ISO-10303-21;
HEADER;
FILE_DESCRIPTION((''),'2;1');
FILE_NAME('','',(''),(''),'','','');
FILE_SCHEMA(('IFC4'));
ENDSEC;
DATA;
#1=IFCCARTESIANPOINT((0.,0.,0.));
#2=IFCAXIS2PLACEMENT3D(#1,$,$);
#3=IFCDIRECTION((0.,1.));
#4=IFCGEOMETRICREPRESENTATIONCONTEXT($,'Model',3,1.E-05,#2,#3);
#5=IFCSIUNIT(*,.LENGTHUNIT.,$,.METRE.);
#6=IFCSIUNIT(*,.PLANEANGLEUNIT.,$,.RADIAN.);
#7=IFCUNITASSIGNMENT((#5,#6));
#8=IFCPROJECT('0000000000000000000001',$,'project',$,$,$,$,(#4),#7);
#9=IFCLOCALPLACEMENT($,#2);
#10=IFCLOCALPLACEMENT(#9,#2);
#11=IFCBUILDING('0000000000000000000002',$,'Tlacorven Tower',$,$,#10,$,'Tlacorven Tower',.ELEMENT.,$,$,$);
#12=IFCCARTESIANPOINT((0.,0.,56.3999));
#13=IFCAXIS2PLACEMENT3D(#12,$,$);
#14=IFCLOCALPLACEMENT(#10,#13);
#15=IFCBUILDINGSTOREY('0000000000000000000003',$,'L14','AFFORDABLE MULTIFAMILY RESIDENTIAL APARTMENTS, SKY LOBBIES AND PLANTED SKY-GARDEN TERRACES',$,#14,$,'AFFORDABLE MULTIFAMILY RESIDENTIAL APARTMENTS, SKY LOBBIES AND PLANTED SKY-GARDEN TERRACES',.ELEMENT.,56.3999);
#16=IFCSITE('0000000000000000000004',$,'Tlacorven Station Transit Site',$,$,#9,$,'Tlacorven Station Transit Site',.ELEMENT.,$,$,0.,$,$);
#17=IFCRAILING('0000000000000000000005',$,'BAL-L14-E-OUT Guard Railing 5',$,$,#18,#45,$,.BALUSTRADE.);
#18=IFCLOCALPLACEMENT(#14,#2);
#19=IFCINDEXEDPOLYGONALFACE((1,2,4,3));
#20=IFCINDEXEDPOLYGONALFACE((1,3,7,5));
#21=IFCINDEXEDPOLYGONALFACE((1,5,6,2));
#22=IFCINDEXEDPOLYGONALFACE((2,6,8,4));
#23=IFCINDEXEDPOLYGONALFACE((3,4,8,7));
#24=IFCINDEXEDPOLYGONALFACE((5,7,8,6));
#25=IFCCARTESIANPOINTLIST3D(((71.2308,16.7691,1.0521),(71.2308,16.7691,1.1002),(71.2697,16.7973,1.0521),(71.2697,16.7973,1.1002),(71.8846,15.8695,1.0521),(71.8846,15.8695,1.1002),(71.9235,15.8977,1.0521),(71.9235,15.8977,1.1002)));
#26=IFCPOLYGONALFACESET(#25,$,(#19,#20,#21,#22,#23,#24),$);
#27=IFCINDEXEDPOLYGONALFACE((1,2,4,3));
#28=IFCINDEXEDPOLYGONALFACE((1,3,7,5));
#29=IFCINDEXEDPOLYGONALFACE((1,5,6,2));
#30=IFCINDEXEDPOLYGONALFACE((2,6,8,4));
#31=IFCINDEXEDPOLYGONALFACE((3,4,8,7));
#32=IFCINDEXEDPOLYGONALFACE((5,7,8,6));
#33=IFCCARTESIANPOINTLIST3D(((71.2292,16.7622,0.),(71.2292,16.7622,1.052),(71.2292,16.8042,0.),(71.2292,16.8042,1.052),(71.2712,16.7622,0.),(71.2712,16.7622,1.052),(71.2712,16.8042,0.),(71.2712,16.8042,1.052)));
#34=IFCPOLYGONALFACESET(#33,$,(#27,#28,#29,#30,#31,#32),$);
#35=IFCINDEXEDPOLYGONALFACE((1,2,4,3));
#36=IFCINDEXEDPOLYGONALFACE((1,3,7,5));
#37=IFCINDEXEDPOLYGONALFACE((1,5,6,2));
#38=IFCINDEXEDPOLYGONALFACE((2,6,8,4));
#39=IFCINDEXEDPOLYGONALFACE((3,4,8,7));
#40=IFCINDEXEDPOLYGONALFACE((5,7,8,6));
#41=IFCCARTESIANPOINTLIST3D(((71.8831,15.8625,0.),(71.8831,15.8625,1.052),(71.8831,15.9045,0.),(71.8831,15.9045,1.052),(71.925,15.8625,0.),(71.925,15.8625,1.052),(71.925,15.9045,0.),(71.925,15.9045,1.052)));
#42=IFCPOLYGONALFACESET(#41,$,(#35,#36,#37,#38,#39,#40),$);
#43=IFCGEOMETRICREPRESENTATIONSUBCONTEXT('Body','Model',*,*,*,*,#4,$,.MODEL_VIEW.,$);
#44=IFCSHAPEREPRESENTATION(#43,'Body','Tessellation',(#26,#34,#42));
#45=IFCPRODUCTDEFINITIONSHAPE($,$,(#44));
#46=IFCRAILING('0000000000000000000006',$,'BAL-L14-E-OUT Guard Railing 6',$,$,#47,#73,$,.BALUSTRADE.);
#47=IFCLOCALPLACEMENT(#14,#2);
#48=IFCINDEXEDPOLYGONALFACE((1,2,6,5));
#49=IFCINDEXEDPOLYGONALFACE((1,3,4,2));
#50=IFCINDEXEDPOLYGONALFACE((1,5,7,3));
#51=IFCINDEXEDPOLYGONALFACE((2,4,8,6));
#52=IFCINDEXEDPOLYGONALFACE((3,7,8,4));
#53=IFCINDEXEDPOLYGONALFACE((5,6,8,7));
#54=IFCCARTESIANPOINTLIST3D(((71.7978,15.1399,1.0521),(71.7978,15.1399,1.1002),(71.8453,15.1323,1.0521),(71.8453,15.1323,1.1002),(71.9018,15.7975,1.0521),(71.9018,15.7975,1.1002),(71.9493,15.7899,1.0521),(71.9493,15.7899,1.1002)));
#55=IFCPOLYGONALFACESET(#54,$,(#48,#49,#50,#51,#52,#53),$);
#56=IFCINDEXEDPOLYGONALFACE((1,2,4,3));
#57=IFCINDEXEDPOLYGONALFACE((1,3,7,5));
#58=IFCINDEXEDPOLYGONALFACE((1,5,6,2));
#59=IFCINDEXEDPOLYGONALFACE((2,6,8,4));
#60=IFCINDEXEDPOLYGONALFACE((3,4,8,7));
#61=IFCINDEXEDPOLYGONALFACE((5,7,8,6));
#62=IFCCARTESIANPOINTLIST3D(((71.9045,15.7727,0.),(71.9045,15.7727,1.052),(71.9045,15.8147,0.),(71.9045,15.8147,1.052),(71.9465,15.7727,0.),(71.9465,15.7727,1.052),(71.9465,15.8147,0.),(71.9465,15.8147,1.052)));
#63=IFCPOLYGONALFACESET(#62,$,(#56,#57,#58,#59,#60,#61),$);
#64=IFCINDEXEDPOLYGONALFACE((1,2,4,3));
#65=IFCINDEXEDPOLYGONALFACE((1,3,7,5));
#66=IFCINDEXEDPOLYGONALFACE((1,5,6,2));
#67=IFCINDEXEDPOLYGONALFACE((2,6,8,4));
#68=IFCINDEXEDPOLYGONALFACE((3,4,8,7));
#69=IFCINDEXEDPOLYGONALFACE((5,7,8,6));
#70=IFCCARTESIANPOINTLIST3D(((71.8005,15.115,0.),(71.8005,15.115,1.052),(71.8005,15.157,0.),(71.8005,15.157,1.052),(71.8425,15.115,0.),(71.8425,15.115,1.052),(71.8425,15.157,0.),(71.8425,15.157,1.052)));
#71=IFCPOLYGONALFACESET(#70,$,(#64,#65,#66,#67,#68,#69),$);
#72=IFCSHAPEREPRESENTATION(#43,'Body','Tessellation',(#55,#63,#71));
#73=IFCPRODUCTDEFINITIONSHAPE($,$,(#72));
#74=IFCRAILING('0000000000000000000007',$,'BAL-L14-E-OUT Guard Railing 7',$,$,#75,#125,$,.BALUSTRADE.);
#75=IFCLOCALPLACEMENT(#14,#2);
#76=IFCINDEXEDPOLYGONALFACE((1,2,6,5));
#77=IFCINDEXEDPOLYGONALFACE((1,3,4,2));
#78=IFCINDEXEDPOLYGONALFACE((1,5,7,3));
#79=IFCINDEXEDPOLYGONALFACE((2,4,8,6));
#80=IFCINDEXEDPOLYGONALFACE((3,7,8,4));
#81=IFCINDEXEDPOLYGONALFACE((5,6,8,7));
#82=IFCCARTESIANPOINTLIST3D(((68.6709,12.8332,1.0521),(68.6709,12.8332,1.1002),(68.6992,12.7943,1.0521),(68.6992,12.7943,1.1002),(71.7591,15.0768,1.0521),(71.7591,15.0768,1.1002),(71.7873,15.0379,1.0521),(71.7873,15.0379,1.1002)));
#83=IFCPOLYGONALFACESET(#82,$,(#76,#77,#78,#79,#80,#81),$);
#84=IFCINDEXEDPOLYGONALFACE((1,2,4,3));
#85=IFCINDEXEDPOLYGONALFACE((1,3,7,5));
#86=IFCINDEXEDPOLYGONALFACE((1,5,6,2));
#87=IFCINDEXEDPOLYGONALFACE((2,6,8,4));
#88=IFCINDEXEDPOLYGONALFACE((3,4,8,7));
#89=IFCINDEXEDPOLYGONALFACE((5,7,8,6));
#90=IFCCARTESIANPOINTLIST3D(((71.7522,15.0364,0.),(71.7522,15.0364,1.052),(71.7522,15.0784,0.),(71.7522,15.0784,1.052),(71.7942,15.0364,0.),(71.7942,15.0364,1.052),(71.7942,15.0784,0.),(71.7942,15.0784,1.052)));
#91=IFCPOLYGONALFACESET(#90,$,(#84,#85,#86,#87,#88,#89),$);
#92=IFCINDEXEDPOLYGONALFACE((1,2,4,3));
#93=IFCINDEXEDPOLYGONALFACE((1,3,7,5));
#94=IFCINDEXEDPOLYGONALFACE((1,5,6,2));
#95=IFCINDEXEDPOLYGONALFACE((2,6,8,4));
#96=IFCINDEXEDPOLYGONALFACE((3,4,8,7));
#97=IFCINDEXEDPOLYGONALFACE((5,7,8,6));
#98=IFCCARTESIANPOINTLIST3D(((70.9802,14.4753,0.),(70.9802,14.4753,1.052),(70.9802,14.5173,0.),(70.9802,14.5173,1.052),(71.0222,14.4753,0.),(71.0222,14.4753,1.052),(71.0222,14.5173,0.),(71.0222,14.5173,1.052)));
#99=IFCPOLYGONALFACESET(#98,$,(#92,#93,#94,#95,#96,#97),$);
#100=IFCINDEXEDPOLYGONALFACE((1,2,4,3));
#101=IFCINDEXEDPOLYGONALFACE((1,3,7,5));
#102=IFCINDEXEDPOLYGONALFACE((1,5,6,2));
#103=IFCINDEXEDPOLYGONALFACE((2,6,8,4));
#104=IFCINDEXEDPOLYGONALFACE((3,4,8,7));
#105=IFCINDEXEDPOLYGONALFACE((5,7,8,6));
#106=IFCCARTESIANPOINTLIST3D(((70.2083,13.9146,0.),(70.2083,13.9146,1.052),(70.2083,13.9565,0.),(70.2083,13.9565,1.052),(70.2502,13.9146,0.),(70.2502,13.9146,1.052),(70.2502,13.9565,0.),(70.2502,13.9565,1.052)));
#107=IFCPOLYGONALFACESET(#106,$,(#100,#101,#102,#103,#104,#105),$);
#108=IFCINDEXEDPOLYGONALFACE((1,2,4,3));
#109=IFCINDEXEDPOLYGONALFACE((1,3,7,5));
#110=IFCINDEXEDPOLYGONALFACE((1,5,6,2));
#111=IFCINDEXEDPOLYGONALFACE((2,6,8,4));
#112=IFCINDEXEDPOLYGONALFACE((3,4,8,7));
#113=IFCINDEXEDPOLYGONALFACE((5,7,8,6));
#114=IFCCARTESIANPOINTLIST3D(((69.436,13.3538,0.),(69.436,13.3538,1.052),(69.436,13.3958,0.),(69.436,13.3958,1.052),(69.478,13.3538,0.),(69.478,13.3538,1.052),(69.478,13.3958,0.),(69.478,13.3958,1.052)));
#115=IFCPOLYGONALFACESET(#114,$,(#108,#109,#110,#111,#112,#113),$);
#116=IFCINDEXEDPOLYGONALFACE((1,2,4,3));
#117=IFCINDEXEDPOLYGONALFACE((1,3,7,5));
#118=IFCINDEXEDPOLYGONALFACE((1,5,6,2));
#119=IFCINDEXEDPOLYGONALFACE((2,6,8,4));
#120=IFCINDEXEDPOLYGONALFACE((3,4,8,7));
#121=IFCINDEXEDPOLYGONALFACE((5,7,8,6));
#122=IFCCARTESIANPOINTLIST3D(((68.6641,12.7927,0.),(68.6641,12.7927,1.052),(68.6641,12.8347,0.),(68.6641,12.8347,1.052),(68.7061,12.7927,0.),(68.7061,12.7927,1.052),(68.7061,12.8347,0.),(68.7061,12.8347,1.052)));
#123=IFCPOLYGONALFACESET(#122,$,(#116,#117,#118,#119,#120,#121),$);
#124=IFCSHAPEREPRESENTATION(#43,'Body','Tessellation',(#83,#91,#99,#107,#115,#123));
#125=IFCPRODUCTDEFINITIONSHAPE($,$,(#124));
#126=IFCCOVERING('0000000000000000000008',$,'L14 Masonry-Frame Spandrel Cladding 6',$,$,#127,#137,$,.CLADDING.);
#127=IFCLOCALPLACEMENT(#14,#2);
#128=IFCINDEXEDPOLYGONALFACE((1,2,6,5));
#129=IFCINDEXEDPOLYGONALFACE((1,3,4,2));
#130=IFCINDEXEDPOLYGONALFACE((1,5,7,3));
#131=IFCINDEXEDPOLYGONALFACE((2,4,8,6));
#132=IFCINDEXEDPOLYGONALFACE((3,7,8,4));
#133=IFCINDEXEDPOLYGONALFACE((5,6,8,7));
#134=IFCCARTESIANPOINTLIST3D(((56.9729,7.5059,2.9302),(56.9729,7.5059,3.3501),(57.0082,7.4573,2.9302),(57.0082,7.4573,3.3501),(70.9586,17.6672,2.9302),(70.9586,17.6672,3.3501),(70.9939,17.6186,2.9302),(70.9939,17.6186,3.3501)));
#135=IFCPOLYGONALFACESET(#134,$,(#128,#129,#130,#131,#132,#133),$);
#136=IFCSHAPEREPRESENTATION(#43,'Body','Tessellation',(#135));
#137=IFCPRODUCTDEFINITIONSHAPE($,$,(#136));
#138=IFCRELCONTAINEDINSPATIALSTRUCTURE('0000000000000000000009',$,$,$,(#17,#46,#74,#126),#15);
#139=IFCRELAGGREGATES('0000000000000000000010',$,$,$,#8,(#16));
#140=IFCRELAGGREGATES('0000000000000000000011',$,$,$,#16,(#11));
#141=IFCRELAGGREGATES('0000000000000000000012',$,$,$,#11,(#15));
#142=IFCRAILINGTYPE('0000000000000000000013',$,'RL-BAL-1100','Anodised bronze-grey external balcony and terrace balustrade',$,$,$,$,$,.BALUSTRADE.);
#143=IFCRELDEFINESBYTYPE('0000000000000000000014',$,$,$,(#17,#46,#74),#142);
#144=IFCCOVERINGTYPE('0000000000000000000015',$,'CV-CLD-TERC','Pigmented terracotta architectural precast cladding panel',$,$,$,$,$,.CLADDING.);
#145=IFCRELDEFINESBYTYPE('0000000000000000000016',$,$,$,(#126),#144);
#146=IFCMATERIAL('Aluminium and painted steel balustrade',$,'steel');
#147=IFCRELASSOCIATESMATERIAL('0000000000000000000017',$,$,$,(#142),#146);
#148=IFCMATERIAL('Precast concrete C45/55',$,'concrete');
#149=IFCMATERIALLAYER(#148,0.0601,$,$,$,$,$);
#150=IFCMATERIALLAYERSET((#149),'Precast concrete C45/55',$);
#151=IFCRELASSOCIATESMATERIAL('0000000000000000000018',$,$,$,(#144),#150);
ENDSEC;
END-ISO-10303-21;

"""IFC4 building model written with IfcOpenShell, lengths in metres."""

from ifc_helpers import new_model, si_unit, direction, frame, origin, origin_2d, place, context, subcontext, project, spatial, rectangle, extrude, source, transform, mapped, material, layer, layer_set, type_object, element, save


model = new_model("IFC4")

# Units and contexts
model_context = context("Model", 3, precision=1e-05, world=origin(), true_north=direction((0.0, 1.0)))
body_context = subcontext(model_context, "Body", "Model", "MODEL_VIEW")
ifc_project = project(units=[si_unit("LENGTHUNIT", "METRE"), si_unit("PLANEANGLEUNIT", "RADIAN")], contexts=[model_context])

# Site, building, storey
site_placement = place(None, origin())
site = spatial("IfcSite", under=ifc_project, at=site_placement, Name="Tlacorven Station Transit Site", LongName="Tlacorven Station Transit Site", CompositionType="ELEMENT", RefElevation=0.0)
building_placement = place(site_placement, origin())
building = spatial("IfcBuilding", under=site, at=building_placement, Name="Tlacorven Tower", LongName="Tlacorven Tower", CompositionType="ELEMENT")
storey_placement = place(building_placement, frame((0.0, 0.0, 56.3999)))
storey = spatial("IfcBuildingStorey", under=building, at=storey_placement, Name="L14", Description="AFFORDABLE MULTIFAMILY RESIDENTIAL APARTMENTS, SKY LOBBIES AND PLANTED SKY-GARDEN TERRACES", LongName="AFFORDABLE MULTIFAMILY RESIDENTIAL APARTMENTS, SKY LOBBIES AND PLANTED SKY-GARDEN TERRACES", CompositionType="ELEMENT", Elevation=56.3999)

# Shared definitions
ifc_material_1 = material(Name="Precast concrete C45/55", Category="concrete")

# Railings
ifc_material_2 = material(Name="Aluminium and painted steel balustrade", Category="steel")
railing_type = type_object("IfcRailingType", Name="RL-BAL-1100", Description="Anodised bronze-grey external balcony and terrace balustrade", PredefinedType="BALUSTRADE", material=ifc_material_2)
shared_shape_1 = source(origin(), body_context, "Body", "SweptSolid", [
    extrude(rectangle(XDim=0.0481, YDim=0.0481, at=origin_2d()), frame((0.0, 0.0, 1.0762), z_axis=(0.587884, -0.808945, 0.0), x_axis=(0.808945, 0.587884, 0.0)), (0.0, 0.0, 1.0), 1.1121),
    extrude(rectangle(XDim=0.042, YDim=0.042, at=origin_2d()), origin(), (0.0, 0.0, 1.0), 1.052),
    extrude(rectangle(XDim=0.042, YDim=0.042, at=origin_2d()), frame((0.6538, -0.8997, 0.0)), (0.0, 0.0, 1.0), 1.052),
])
railing_1_placement = place(storey_placement, frame((71.2502, 16.7832, 0.0)))
element("IfcRailing", 1, at=railing_1_placement, inside=storey, type_object=railing_type, Name="BAL-L14-E-OUT Guard Railing 5", PredefinedType="BALUSTRADE", context=body_context, shape_type="MappedRepresentation", body=[
    mapped(shared_shape_1, transform((0.0, 0.0, 0.0), scale=1.0)),
])
shared_shape_2 = source(origin(), body_context, "Body", "SweptSolid", [
    extrude(rectangle(XDim=0.0481, YDim=0.0481, at=origin_2d()), frame((0.0, 0.0, 1.0762), z_axis=(-0.156188, -0.987727, 0.0), x_axis=(0.987727, -0.156188, 0.0)), (0.0, 0.0, 1.0), 0.6658),
    extrude(rectangle(XDim=0.042, YDim=0.042, at=origin_2d()), origin(), (0.0, 0.0, 1.0), 1.052),
    extrude(rectangle(XDim=0.042, YDim=0.042, at=origin_2d()), frame((-0.104, -0.6577, 0.0)), (0.0, 0.0, 1.0), 1.052),
])
railing_2_placement = place(storey_placement, frame((71.9255, 15.7937, 0.0)))
element("IfcRailing", 2, at=railing_2_placement, inside=storey, type_object=railing_type, Name="BAL-L14-E-OUT Guard Railing 6", PredefinedType="BALUSTRADE", context=body_context, shape_type="MappedRepresentation", body=[
    mapped(shared_shape_2, transform((0.0, 0.0, 0.0), scale=1.0)),
])
shared_shape_3 = source(origin(), body_context, "Body", "SweptSolid", [
    extrude(rectangle(XDim=0.0481, YDim=0.0481, at=origin_2d()), frame((0.0, 0.0, 1.0762), z_axis=(-0.809018, -0.587784, 0.0), x_axis=(0.587784, -0.809018, 0.0)), (0.0, 0.0, 1.0), 3.8171),
    extrude(rectangle(XDim=0.042, YDim=0.042, at=origin_2d()), origin(), (0.0, 0.0, 1.0), 1.052),
    extrude(rectangle(XDim=0.042, YDim=0.042, at=origin_2d()), frame((-0.772, -0.561, 0.0)), (0.0, 0.0, 1.0), 1.052),
    extrude(rectangle(XDim=0.042, YDim=0.042, at=origin_2d()), frame((-1.5439, -1.1218, 0.0)), (0.0, 0.0, 1.0), 1.052),
    extrude(rectangle(XDim=0.042, YDim=0.042, at=origin_2d()), frame((-2.3162, -1.6826, 0.0)), (0.0, 0.0, 1.0), 1.052),
    extrude(rectangle(XDim=0.042, YDim=0.042, at=origin_2d()), frame((-3.0881, -2.2437, 0.0)), (0.0, 0.0, 1.0), 1.052),
])
railing_3_placement = place(storey_placement, frame((71.7732, 15.0574, 0.0)))
element("IfcRailing", 3, at=railing_3_placement, inside=storey, type_object=railing_type, Name="BAL-L14-E-OUT Guard Railing 7", PredefinedType="BALUSTRADE", context=body_context, shape_type="MappedRepresentation", body=[
    mapped(shared_shape_3, transform((0.0, 0.0, 0.0), scale=1.0)),
])

# Covering
ifc_layer_1 = layer(ifc_material_1, 0.0601)
ifc_layer_set_1 = layer_set([ifc_layer_1], Name="Precast concrete C45/55")
covering_type = type_object("IfcCoveringType", Name="CV-CLD-TERC", Description="Pigmented terracotta architectural precast cladding panel", PredefinedType="CLADDING", material=ifc_layer_set_1)
shared_shape_4 = source(origin(), body_context, "Body", "SweptSolid", [
    extrude(rectangle(XDim=17.2874, YDim=0.0601, at=origin_2d()), origin(), (0.0, 0.0, 1.0), 0.4199),
])
covering_placement = place(storey_placement, frame((63.9834, 12.5623, 2.9302), z_axis=(0.0, 0.0, 1.0), x_axis=(-0.809017, -0.587785, 0.0)))
element("IfcCovering", 4, at=covering_placement, inside=storey, type_object=covering_type, Name="L14 Masonry-Frame Spandrel Cladding 6", PredefinedType="CLADDING", context=body_context, shape_type="MappedRepresentation", body=[
    mapped(shared_shape_4, transform((0.0, 0.0, 0.0), scale=1.0)),
])

save(model, "model.ifc")
